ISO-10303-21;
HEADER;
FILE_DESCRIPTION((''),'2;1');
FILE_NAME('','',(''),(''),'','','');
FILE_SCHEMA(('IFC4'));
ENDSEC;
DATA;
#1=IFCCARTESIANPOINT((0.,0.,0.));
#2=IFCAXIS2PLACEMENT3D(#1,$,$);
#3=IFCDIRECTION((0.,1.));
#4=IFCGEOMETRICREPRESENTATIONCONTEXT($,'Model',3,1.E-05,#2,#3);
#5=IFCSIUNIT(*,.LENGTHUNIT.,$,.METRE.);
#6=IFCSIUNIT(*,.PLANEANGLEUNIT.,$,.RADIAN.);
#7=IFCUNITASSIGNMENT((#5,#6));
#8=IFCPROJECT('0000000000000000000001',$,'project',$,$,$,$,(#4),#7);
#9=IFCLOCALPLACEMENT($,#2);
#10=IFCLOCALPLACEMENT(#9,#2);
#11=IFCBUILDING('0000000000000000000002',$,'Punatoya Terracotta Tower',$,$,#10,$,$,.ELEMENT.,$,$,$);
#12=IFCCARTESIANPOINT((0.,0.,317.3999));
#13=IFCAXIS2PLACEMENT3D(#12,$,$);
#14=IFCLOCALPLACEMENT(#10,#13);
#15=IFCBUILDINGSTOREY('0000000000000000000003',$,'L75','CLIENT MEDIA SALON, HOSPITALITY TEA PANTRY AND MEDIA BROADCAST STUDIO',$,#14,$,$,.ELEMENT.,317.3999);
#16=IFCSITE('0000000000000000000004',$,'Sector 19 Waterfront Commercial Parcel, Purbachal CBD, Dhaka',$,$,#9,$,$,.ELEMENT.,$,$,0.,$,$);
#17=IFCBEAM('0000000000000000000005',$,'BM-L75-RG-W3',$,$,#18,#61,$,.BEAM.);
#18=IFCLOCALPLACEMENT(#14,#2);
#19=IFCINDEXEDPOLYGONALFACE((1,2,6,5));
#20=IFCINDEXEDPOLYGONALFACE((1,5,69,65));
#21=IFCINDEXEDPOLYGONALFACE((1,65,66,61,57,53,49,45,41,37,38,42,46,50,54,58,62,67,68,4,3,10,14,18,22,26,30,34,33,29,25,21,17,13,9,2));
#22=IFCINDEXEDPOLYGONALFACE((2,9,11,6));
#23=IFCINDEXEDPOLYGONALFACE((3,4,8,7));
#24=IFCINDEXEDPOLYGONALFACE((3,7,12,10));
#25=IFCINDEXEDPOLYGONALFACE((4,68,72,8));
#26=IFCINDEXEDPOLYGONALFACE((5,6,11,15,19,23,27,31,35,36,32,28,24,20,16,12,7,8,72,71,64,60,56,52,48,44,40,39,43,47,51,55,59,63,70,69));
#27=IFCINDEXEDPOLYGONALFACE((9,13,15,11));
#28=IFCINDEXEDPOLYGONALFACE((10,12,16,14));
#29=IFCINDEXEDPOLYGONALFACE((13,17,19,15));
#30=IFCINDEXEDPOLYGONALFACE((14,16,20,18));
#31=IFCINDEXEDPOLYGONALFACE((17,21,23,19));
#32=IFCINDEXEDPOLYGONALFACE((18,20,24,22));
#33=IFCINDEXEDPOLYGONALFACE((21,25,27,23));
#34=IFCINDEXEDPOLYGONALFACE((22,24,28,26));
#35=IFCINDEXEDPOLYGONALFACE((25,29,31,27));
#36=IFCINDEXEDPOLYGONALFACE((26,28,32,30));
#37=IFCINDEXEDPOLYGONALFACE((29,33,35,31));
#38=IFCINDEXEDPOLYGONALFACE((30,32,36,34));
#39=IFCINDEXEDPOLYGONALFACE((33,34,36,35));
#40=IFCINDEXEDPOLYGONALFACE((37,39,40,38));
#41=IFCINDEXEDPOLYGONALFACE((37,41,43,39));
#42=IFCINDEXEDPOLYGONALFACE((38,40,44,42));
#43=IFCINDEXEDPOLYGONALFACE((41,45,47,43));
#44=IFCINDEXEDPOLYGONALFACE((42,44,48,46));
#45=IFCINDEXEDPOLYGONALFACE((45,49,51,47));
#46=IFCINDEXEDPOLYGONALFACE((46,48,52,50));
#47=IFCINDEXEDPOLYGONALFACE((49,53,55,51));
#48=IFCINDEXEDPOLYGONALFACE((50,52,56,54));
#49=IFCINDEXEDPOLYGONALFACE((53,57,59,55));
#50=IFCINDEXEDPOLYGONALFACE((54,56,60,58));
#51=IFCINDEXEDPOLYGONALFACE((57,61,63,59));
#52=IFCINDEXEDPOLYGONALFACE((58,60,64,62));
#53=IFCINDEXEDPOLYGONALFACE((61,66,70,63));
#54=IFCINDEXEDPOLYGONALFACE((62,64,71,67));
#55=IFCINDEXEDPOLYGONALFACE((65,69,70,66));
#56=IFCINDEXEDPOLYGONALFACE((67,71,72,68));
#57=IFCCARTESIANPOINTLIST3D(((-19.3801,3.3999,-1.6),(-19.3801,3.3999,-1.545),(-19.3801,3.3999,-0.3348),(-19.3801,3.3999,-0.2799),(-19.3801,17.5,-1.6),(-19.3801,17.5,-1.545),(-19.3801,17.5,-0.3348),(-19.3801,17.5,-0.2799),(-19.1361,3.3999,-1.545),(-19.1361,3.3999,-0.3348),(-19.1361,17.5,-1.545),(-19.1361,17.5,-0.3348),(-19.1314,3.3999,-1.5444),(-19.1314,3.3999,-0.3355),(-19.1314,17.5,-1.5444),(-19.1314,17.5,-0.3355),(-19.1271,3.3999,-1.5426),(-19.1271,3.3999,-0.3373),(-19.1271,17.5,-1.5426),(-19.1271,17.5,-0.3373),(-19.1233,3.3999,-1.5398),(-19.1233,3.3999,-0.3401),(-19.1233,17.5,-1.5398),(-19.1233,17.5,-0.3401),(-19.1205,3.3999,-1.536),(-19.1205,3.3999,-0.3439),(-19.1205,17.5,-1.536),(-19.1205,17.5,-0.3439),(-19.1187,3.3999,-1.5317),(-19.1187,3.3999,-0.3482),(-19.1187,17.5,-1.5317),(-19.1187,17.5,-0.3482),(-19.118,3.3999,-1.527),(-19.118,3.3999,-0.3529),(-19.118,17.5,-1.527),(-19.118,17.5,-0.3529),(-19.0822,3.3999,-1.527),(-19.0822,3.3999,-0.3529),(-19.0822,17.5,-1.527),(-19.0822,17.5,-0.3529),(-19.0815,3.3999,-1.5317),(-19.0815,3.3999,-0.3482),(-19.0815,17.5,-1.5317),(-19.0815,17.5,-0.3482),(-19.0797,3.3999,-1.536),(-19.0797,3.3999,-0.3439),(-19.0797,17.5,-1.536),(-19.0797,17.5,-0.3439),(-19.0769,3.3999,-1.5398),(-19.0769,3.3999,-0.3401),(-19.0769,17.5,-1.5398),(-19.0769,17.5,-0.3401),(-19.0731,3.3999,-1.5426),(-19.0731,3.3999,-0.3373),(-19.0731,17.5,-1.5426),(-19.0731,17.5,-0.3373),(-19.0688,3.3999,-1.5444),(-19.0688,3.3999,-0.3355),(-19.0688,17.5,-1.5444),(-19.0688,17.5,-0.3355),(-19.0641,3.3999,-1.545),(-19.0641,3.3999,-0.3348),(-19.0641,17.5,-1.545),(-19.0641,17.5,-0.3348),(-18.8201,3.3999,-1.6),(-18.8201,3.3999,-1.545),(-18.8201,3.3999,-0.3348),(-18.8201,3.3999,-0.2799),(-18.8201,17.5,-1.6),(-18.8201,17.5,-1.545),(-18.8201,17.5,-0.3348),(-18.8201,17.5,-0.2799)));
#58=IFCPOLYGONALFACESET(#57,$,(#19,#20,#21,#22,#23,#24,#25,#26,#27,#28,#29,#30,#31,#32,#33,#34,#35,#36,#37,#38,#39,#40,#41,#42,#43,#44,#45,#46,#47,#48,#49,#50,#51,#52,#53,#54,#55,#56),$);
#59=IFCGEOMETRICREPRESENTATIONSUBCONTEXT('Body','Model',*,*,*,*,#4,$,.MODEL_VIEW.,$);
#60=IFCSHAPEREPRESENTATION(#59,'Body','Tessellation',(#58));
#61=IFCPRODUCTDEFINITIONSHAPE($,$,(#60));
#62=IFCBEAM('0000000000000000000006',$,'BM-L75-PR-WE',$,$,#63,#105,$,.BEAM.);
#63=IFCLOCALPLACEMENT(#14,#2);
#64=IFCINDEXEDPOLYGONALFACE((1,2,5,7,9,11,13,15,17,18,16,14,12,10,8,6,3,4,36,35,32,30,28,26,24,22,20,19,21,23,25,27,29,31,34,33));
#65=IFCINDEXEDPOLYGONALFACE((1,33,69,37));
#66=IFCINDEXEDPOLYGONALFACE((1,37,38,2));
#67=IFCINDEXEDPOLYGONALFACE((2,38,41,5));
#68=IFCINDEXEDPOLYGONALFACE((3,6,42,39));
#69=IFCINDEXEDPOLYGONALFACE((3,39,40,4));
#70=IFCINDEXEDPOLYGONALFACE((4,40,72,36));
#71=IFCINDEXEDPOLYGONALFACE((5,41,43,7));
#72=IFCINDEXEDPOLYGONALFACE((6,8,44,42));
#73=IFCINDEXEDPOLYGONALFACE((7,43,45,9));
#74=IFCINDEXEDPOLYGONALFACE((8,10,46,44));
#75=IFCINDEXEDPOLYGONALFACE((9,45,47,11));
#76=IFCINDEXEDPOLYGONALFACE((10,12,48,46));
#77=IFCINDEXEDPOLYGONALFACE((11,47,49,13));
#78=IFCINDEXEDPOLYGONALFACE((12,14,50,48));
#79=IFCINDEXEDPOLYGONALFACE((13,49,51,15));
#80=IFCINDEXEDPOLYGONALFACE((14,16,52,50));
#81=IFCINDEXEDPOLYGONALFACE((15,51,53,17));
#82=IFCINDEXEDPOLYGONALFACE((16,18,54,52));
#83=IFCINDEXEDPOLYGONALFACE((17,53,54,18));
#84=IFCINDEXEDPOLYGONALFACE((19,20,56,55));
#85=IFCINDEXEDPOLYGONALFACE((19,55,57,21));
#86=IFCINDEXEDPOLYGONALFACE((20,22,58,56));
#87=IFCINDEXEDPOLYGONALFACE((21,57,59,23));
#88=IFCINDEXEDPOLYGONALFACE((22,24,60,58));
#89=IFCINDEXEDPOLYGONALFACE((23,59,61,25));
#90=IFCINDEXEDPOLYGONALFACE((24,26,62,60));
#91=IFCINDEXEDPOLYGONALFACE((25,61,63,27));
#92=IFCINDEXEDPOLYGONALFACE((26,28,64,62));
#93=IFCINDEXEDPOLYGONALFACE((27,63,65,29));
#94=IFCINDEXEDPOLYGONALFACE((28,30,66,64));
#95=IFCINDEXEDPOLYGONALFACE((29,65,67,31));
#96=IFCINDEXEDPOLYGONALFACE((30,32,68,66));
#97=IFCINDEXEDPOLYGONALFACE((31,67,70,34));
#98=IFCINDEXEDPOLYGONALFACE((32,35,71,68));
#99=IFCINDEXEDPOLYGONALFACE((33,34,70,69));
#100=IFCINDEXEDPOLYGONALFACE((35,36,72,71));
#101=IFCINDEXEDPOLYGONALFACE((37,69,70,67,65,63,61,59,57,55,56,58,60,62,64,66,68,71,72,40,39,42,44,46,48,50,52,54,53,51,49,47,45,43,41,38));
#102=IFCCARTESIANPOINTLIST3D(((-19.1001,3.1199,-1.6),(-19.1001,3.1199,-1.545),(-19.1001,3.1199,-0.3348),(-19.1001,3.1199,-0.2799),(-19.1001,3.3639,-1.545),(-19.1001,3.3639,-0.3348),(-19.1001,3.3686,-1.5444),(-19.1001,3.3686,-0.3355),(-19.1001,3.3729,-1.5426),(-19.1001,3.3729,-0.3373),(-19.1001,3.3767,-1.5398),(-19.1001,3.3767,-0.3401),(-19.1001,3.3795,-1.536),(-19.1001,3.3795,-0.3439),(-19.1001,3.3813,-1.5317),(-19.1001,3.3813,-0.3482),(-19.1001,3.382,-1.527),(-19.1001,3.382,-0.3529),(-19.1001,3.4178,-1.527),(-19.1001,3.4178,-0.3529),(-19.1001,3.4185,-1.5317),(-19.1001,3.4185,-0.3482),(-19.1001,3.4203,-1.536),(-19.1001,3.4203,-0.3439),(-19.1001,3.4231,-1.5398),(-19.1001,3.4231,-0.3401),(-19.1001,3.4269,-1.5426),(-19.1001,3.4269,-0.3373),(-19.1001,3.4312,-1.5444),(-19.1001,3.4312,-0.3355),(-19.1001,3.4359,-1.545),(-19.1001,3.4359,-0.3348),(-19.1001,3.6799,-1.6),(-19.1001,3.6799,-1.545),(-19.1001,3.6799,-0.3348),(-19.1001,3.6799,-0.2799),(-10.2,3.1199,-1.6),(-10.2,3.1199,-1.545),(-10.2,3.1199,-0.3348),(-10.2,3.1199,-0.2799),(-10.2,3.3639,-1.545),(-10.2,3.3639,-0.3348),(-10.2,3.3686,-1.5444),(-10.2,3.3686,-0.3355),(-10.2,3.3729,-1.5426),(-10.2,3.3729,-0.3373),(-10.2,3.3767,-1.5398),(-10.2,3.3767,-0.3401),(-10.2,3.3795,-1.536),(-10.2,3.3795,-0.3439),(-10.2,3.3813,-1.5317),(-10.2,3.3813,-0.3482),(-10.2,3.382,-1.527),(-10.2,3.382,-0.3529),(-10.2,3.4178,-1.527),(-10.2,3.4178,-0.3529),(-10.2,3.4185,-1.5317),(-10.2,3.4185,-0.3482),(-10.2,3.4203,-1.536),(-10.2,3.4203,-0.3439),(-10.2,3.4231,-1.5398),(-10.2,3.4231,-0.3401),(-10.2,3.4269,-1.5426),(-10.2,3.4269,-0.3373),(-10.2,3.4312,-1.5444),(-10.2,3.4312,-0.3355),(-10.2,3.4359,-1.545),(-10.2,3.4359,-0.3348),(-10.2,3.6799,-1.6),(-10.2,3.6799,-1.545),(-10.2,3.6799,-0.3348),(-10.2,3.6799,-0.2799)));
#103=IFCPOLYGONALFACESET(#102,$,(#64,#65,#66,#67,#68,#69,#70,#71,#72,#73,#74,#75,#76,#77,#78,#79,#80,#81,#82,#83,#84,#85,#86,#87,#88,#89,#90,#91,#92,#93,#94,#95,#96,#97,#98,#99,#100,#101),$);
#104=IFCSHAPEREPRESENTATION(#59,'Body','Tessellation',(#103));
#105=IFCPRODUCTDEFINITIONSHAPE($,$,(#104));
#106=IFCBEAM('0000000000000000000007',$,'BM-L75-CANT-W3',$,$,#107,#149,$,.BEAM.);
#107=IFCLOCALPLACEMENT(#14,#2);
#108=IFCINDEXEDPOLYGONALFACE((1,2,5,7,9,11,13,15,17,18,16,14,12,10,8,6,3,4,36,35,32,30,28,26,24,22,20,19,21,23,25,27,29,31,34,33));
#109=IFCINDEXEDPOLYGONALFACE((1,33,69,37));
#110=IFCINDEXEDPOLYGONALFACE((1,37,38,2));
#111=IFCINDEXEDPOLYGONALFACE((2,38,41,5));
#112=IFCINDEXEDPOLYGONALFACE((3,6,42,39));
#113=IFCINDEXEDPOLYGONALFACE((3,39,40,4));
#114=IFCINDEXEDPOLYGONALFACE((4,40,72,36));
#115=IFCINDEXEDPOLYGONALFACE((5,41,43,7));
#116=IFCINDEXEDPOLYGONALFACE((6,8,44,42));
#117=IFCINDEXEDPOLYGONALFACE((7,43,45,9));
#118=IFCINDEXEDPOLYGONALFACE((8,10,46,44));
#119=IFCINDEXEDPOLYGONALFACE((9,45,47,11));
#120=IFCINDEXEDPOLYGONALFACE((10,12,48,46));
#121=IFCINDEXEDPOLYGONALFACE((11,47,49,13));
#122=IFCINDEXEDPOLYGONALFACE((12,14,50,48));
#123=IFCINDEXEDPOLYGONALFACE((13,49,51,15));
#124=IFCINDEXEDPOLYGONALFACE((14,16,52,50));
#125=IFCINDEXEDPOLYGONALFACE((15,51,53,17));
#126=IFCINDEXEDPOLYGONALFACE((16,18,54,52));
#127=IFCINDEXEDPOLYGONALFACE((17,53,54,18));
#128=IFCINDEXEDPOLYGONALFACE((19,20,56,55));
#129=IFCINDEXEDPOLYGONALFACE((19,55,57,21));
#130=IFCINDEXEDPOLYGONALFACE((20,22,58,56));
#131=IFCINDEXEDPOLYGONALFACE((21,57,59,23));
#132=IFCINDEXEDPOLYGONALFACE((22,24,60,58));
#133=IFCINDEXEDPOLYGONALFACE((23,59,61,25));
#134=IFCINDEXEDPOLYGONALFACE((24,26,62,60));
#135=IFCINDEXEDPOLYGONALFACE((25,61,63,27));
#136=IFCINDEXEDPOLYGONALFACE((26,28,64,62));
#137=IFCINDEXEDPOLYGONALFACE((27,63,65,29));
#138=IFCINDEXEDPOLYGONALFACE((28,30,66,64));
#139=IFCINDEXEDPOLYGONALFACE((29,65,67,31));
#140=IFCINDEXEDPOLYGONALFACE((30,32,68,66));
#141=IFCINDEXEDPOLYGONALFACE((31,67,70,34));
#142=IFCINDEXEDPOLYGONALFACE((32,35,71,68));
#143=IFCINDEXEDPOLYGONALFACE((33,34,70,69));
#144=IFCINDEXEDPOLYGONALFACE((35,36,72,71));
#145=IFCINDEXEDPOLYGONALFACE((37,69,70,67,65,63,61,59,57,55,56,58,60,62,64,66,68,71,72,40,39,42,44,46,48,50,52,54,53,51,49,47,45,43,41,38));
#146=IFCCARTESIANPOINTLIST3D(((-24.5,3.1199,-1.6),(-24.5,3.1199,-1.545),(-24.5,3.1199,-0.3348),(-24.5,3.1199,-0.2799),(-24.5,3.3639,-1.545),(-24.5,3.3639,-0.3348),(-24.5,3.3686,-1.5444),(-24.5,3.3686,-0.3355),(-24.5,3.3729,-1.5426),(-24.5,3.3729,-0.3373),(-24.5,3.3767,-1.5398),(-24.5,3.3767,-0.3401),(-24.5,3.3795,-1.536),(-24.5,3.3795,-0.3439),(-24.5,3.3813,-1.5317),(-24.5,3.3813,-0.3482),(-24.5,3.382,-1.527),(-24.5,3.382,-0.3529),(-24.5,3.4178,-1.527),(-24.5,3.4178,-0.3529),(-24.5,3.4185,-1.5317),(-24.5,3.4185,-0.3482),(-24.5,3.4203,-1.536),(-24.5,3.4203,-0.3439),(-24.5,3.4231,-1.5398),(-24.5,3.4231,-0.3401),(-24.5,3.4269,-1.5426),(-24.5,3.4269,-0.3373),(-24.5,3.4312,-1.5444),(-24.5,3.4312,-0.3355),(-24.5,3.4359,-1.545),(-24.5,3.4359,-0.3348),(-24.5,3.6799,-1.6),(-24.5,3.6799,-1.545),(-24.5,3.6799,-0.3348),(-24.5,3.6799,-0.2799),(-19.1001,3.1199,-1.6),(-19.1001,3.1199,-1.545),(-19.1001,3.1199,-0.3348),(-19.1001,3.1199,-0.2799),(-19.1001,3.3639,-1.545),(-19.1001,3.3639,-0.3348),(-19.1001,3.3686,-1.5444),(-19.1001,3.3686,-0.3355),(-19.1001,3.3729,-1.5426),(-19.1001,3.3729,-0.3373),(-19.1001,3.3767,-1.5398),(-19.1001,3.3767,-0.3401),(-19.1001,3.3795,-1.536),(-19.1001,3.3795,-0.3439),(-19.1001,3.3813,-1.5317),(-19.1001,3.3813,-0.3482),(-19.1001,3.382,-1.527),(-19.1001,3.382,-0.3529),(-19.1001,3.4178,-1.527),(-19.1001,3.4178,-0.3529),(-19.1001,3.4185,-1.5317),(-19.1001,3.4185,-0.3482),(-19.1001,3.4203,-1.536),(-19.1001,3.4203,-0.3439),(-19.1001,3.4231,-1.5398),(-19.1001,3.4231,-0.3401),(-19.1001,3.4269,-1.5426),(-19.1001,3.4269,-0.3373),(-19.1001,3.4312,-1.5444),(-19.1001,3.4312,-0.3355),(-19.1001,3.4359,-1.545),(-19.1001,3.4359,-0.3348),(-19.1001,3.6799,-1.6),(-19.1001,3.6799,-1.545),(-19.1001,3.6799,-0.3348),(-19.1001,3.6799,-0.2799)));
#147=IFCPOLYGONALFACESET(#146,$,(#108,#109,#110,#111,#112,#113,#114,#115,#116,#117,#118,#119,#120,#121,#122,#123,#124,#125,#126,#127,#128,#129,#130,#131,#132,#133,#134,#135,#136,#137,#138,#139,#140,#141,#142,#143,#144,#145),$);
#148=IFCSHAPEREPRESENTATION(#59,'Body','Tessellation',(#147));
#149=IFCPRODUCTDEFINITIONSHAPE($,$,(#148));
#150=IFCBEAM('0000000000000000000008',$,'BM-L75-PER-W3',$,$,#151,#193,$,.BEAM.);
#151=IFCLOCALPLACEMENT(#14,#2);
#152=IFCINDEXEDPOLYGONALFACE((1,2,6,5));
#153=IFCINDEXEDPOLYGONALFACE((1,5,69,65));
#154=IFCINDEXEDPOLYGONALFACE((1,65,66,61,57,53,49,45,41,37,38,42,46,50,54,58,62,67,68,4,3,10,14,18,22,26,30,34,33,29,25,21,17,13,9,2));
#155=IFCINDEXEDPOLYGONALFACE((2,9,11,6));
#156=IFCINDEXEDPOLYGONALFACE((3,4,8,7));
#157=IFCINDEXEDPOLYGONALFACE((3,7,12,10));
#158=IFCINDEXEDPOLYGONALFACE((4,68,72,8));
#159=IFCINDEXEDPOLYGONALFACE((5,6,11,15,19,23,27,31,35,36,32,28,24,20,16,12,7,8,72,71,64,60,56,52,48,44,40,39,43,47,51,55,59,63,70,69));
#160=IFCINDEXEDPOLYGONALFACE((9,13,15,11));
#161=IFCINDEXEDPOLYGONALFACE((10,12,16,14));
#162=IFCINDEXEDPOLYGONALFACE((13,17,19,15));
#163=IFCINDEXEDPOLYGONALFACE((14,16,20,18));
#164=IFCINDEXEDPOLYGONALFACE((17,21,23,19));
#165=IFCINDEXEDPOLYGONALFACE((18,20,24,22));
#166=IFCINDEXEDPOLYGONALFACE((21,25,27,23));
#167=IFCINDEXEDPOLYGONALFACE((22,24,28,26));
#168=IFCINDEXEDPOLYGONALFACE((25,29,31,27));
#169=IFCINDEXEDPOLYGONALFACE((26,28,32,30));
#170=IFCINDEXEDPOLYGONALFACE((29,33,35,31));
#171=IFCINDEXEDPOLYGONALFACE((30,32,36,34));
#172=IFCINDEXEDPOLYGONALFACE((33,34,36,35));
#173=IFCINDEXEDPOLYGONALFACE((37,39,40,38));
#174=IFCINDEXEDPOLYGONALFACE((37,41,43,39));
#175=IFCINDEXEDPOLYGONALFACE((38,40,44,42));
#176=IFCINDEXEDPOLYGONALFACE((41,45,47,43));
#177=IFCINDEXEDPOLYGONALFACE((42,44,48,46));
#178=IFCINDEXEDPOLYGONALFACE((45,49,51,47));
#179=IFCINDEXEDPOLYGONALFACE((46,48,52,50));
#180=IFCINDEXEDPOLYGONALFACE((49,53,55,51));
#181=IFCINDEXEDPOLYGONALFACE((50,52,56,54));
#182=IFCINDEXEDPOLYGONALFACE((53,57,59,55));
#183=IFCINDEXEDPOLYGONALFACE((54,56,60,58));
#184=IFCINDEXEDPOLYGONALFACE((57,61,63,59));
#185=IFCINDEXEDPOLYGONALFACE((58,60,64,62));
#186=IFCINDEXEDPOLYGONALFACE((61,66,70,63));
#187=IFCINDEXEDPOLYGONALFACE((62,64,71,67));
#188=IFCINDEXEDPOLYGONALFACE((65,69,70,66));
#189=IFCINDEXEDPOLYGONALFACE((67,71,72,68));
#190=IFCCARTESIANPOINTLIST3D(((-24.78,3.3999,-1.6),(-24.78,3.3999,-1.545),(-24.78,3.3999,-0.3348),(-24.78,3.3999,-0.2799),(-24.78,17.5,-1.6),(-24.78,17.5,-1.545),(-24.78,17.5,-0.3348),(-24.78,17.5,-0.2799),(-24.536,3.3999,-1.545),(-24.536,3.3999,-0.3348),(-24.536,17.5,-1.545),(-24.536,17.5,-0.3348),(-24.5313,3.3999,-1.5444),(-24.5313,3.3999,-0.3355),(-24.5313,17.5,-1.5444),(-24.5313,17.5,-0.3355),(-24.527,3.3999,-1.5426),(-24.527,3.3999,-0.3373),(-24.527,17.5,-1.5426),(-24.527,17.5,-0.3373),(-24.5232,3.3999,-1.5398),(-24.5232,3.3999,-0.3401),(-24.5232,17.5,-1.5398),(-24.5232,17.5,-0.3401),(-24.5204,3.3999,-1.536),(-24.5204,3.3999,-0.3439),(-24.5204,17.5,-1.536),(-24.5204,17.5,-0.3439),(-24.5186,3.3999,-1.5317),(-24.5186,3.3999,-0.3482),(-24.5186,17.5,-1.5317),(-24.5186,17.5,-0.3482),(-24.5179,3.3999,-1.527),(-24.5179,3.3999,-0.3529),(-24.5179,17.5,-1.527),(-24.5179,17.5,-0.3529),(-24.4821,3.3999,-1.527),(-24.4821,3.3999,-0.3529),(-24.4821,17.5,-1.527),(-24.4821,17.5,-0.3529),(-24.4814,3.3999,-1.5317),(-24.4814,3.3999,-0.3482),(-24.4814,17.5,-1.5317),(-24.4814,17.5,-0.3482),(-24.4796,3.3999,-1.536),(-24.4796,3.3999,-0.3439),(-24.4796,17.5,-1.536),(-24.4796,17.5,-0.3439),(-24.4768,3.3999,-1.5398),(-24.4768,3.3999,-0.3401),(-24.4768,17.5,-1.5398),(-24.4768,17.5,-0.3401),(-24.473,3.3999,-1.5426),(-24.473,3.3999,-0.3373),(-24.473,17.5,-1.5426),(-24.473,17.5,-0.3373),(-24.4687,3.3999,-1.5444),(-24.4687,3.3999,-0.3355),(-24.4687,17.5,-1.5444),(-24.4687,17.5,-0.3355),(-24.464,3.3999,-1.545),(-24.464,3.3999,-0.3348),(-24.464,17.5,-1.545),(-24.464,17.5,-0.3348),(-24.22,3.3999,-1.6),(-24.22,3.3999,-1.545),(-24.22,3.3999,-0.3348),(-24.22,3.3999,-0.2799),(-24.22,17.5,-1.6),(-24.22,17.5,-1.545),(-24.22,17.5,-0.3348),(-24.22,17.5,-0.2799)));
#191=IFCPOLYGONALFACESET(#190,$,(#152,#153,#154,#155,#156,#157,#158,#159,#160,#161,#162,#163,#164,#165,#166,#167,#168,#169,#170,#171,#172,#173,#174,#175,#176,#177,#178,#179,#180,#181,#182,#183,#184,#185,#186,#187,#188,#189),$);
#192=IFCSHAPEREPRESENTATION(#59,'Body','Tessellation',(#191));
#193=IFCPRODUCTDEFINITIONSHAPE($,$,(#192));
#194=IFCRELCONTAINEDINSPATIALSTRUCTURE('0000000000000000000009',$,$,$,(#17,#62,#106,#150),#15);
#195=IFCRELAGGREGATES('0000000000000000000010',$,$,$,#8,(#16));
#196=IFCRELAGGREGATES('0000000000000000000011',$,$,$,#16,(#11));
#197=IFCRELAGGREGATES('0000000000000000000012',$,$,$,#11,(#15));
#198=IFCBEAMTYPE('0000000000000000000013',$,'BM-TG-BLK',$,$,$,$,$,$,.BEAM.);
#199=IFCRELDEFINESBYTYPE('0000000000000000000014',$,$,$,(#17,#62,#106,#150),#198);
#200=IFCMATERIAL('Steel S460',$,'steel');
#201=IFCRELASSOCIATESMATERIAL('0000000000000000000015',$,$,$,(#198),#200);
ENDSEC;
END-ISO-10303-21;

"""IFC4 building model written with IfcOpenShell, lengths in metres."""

from ifc_helpers import new_model, si_unit, direction, frame, origin, origin_2d, place, context, subcontext, project, spatial, i_section, extrude, material, material_profile, profile_set, type_object, element, save


model = new_model("IFC4")

# Units and contexts
model_context = context("Model", 3, precision=1e-05, world=origin(), true_north=direction((0.0, 1.0)))
body_context = subcontext(model_context, "Body", "Model", "MODEL_VIEW")
ifc_project = project(units=[si_unit("LENGTHUNIT", "METRE"), si_unit("PLANEANGLEUNIT", "RADIAN")], contexts=[model_context])

# Site, building, storey
site_placement = place(None, origin())
site = spatial("IfcSite", under=ifc_project, at=site_placement, Name="Sector 19 Waterfront Commercial Parcel, Purbachal CBD, Dhaka", CompositionType="ELEMENT", RefElevation=0.0)
building_placement = place(site_placement, origin())
building = spatial("IfcBuilding", under=site, at=building_placement, Name="Punatoya Terracotta Tower", CompositionType="ELEMENT")
storey_placement = place(building_placement, frame((0.0, 0.0, 317.3999)))
storey = spatial("IfcBuildingStorey", under=building, at=storey_placement, Name="L75", Description="CLIENT MEDIA SALON, HOSPITALITY TEA PANTRY AND MEDIA BROADCAST STUDIO", CompositionType="ELEMENT", Elevation=317.3999)

# Shared definitions
ifc_material_1 = material(Name="Steel S460", Category="steel")

# Beams
ifc_material_profile_1 = material_profile(ifc_material_1, i_section(OverallWidth=0.5601, OverallDepth=1.3201, WebThickness=0.0359, FlangeThickness=0.0549, FilletRadius=0.0181, at=origin_2d()))
ifc_profile_set_1 = profile_set([ifc_material_profile_1], Name="Steel S460")
beam_type_1 = type_object("IfcBeamType", Name="BM-TG-BLK", PredefinedType="BEAM", material=ifc_profile_set_1)
beam_1_placement = place(storey_placement, frame((-19.1001, 3.3999, -0.9399), z_axis=(0.0, 1.0, 0.0), x_axis=(-1.0, 0.0, 0.0)))
element("IfcBeam", 1, at=beam_1_placement, inside=storey, type_object=beam_type_1, Name="BM-L75-RG-W3", PredefinedType="BEAM", context=body_context, shape_type="SweptSolid", body=[
    extrude(i_section(OverallWidth=0.5601, OverallDepth=1.3201, WebThickness=0.0359, FlangeThickness=0.0549, FilletRadius=0.0181, at=origin_2d()), origin(), (0.0, 0.0, 1.0), 14.1001),
])
beam_2_placement = place(storey_placement, frame((-19.1001, 3.3999, -0.9399), z_axis=(1.0, 0.0, 0.0), x_axis=(0.0, 1.0, 0.0)))
element("IfcBeam", 2, at=beam_2_placement, inside=storey, type_object=beam_type_1, Name="BM-L75-PR-WE", PredefinedType="BEAM", context=body_context, shape_type="SweptSolid", body=[
    extrude(i_section(OverallWidth=0.5601, OverallDepth=1.3201, WebThickness=0.0359, FlangeThickness=0.0549, FilletRadius=0.0181, at=origin_2d()), origin(), (0.0, 0.0, 1.0), 8.9001),
])
beam_3_placement = place(storey_placement, frame((-24.5, 3.3999, -0.9399), z_axis=(1.0, 0.0, 0.0), x_axis=(0.0, 1.0, 0.0)))
element("IfcBeam", 3, at=beam_3_placement, inside=storey, type_object=beam_type_1, Name="BM-L75-CANT-W3", PredefinedType="BEAM", context=body_context, shape_type="SweptSolid", body=[
    extrude(i_section(OverallWidth=0.5601, OverallDepth=1.3201, WebThickness=0.0359, FlangeThickness=0.0549, FilletRadius=0.0181, at=origin_2d()), origin(), (0.0, 0.0, 1.0), 5.3999),
])
beam_4_placement = place(storey_placement, frame((-24.5, 3.3999, -0.9399), z_axis=(0.0, 1.0, 0.0), x_axis=(-1.0, 0.0, 0.0)))
element("IfcBeam", 4, at=beam_4_placement, inside=storey, type_object=beam_type_1, Name="BM-L75-PER-W3", PredefinedType="BEAM", context=body_context, shape_type="SweptSolid", body=[
    extrude(i_section(OverallWidth=0.5601, OverallDepth=1.3201, WebThickness=0.0359, FlangeThickness=0.0549, FilletRadius=0.0181, at=origin_2d()), origin(), (0.0, 0.0, 1.0), 14.1001),
])

save(model, "model.ifc")
